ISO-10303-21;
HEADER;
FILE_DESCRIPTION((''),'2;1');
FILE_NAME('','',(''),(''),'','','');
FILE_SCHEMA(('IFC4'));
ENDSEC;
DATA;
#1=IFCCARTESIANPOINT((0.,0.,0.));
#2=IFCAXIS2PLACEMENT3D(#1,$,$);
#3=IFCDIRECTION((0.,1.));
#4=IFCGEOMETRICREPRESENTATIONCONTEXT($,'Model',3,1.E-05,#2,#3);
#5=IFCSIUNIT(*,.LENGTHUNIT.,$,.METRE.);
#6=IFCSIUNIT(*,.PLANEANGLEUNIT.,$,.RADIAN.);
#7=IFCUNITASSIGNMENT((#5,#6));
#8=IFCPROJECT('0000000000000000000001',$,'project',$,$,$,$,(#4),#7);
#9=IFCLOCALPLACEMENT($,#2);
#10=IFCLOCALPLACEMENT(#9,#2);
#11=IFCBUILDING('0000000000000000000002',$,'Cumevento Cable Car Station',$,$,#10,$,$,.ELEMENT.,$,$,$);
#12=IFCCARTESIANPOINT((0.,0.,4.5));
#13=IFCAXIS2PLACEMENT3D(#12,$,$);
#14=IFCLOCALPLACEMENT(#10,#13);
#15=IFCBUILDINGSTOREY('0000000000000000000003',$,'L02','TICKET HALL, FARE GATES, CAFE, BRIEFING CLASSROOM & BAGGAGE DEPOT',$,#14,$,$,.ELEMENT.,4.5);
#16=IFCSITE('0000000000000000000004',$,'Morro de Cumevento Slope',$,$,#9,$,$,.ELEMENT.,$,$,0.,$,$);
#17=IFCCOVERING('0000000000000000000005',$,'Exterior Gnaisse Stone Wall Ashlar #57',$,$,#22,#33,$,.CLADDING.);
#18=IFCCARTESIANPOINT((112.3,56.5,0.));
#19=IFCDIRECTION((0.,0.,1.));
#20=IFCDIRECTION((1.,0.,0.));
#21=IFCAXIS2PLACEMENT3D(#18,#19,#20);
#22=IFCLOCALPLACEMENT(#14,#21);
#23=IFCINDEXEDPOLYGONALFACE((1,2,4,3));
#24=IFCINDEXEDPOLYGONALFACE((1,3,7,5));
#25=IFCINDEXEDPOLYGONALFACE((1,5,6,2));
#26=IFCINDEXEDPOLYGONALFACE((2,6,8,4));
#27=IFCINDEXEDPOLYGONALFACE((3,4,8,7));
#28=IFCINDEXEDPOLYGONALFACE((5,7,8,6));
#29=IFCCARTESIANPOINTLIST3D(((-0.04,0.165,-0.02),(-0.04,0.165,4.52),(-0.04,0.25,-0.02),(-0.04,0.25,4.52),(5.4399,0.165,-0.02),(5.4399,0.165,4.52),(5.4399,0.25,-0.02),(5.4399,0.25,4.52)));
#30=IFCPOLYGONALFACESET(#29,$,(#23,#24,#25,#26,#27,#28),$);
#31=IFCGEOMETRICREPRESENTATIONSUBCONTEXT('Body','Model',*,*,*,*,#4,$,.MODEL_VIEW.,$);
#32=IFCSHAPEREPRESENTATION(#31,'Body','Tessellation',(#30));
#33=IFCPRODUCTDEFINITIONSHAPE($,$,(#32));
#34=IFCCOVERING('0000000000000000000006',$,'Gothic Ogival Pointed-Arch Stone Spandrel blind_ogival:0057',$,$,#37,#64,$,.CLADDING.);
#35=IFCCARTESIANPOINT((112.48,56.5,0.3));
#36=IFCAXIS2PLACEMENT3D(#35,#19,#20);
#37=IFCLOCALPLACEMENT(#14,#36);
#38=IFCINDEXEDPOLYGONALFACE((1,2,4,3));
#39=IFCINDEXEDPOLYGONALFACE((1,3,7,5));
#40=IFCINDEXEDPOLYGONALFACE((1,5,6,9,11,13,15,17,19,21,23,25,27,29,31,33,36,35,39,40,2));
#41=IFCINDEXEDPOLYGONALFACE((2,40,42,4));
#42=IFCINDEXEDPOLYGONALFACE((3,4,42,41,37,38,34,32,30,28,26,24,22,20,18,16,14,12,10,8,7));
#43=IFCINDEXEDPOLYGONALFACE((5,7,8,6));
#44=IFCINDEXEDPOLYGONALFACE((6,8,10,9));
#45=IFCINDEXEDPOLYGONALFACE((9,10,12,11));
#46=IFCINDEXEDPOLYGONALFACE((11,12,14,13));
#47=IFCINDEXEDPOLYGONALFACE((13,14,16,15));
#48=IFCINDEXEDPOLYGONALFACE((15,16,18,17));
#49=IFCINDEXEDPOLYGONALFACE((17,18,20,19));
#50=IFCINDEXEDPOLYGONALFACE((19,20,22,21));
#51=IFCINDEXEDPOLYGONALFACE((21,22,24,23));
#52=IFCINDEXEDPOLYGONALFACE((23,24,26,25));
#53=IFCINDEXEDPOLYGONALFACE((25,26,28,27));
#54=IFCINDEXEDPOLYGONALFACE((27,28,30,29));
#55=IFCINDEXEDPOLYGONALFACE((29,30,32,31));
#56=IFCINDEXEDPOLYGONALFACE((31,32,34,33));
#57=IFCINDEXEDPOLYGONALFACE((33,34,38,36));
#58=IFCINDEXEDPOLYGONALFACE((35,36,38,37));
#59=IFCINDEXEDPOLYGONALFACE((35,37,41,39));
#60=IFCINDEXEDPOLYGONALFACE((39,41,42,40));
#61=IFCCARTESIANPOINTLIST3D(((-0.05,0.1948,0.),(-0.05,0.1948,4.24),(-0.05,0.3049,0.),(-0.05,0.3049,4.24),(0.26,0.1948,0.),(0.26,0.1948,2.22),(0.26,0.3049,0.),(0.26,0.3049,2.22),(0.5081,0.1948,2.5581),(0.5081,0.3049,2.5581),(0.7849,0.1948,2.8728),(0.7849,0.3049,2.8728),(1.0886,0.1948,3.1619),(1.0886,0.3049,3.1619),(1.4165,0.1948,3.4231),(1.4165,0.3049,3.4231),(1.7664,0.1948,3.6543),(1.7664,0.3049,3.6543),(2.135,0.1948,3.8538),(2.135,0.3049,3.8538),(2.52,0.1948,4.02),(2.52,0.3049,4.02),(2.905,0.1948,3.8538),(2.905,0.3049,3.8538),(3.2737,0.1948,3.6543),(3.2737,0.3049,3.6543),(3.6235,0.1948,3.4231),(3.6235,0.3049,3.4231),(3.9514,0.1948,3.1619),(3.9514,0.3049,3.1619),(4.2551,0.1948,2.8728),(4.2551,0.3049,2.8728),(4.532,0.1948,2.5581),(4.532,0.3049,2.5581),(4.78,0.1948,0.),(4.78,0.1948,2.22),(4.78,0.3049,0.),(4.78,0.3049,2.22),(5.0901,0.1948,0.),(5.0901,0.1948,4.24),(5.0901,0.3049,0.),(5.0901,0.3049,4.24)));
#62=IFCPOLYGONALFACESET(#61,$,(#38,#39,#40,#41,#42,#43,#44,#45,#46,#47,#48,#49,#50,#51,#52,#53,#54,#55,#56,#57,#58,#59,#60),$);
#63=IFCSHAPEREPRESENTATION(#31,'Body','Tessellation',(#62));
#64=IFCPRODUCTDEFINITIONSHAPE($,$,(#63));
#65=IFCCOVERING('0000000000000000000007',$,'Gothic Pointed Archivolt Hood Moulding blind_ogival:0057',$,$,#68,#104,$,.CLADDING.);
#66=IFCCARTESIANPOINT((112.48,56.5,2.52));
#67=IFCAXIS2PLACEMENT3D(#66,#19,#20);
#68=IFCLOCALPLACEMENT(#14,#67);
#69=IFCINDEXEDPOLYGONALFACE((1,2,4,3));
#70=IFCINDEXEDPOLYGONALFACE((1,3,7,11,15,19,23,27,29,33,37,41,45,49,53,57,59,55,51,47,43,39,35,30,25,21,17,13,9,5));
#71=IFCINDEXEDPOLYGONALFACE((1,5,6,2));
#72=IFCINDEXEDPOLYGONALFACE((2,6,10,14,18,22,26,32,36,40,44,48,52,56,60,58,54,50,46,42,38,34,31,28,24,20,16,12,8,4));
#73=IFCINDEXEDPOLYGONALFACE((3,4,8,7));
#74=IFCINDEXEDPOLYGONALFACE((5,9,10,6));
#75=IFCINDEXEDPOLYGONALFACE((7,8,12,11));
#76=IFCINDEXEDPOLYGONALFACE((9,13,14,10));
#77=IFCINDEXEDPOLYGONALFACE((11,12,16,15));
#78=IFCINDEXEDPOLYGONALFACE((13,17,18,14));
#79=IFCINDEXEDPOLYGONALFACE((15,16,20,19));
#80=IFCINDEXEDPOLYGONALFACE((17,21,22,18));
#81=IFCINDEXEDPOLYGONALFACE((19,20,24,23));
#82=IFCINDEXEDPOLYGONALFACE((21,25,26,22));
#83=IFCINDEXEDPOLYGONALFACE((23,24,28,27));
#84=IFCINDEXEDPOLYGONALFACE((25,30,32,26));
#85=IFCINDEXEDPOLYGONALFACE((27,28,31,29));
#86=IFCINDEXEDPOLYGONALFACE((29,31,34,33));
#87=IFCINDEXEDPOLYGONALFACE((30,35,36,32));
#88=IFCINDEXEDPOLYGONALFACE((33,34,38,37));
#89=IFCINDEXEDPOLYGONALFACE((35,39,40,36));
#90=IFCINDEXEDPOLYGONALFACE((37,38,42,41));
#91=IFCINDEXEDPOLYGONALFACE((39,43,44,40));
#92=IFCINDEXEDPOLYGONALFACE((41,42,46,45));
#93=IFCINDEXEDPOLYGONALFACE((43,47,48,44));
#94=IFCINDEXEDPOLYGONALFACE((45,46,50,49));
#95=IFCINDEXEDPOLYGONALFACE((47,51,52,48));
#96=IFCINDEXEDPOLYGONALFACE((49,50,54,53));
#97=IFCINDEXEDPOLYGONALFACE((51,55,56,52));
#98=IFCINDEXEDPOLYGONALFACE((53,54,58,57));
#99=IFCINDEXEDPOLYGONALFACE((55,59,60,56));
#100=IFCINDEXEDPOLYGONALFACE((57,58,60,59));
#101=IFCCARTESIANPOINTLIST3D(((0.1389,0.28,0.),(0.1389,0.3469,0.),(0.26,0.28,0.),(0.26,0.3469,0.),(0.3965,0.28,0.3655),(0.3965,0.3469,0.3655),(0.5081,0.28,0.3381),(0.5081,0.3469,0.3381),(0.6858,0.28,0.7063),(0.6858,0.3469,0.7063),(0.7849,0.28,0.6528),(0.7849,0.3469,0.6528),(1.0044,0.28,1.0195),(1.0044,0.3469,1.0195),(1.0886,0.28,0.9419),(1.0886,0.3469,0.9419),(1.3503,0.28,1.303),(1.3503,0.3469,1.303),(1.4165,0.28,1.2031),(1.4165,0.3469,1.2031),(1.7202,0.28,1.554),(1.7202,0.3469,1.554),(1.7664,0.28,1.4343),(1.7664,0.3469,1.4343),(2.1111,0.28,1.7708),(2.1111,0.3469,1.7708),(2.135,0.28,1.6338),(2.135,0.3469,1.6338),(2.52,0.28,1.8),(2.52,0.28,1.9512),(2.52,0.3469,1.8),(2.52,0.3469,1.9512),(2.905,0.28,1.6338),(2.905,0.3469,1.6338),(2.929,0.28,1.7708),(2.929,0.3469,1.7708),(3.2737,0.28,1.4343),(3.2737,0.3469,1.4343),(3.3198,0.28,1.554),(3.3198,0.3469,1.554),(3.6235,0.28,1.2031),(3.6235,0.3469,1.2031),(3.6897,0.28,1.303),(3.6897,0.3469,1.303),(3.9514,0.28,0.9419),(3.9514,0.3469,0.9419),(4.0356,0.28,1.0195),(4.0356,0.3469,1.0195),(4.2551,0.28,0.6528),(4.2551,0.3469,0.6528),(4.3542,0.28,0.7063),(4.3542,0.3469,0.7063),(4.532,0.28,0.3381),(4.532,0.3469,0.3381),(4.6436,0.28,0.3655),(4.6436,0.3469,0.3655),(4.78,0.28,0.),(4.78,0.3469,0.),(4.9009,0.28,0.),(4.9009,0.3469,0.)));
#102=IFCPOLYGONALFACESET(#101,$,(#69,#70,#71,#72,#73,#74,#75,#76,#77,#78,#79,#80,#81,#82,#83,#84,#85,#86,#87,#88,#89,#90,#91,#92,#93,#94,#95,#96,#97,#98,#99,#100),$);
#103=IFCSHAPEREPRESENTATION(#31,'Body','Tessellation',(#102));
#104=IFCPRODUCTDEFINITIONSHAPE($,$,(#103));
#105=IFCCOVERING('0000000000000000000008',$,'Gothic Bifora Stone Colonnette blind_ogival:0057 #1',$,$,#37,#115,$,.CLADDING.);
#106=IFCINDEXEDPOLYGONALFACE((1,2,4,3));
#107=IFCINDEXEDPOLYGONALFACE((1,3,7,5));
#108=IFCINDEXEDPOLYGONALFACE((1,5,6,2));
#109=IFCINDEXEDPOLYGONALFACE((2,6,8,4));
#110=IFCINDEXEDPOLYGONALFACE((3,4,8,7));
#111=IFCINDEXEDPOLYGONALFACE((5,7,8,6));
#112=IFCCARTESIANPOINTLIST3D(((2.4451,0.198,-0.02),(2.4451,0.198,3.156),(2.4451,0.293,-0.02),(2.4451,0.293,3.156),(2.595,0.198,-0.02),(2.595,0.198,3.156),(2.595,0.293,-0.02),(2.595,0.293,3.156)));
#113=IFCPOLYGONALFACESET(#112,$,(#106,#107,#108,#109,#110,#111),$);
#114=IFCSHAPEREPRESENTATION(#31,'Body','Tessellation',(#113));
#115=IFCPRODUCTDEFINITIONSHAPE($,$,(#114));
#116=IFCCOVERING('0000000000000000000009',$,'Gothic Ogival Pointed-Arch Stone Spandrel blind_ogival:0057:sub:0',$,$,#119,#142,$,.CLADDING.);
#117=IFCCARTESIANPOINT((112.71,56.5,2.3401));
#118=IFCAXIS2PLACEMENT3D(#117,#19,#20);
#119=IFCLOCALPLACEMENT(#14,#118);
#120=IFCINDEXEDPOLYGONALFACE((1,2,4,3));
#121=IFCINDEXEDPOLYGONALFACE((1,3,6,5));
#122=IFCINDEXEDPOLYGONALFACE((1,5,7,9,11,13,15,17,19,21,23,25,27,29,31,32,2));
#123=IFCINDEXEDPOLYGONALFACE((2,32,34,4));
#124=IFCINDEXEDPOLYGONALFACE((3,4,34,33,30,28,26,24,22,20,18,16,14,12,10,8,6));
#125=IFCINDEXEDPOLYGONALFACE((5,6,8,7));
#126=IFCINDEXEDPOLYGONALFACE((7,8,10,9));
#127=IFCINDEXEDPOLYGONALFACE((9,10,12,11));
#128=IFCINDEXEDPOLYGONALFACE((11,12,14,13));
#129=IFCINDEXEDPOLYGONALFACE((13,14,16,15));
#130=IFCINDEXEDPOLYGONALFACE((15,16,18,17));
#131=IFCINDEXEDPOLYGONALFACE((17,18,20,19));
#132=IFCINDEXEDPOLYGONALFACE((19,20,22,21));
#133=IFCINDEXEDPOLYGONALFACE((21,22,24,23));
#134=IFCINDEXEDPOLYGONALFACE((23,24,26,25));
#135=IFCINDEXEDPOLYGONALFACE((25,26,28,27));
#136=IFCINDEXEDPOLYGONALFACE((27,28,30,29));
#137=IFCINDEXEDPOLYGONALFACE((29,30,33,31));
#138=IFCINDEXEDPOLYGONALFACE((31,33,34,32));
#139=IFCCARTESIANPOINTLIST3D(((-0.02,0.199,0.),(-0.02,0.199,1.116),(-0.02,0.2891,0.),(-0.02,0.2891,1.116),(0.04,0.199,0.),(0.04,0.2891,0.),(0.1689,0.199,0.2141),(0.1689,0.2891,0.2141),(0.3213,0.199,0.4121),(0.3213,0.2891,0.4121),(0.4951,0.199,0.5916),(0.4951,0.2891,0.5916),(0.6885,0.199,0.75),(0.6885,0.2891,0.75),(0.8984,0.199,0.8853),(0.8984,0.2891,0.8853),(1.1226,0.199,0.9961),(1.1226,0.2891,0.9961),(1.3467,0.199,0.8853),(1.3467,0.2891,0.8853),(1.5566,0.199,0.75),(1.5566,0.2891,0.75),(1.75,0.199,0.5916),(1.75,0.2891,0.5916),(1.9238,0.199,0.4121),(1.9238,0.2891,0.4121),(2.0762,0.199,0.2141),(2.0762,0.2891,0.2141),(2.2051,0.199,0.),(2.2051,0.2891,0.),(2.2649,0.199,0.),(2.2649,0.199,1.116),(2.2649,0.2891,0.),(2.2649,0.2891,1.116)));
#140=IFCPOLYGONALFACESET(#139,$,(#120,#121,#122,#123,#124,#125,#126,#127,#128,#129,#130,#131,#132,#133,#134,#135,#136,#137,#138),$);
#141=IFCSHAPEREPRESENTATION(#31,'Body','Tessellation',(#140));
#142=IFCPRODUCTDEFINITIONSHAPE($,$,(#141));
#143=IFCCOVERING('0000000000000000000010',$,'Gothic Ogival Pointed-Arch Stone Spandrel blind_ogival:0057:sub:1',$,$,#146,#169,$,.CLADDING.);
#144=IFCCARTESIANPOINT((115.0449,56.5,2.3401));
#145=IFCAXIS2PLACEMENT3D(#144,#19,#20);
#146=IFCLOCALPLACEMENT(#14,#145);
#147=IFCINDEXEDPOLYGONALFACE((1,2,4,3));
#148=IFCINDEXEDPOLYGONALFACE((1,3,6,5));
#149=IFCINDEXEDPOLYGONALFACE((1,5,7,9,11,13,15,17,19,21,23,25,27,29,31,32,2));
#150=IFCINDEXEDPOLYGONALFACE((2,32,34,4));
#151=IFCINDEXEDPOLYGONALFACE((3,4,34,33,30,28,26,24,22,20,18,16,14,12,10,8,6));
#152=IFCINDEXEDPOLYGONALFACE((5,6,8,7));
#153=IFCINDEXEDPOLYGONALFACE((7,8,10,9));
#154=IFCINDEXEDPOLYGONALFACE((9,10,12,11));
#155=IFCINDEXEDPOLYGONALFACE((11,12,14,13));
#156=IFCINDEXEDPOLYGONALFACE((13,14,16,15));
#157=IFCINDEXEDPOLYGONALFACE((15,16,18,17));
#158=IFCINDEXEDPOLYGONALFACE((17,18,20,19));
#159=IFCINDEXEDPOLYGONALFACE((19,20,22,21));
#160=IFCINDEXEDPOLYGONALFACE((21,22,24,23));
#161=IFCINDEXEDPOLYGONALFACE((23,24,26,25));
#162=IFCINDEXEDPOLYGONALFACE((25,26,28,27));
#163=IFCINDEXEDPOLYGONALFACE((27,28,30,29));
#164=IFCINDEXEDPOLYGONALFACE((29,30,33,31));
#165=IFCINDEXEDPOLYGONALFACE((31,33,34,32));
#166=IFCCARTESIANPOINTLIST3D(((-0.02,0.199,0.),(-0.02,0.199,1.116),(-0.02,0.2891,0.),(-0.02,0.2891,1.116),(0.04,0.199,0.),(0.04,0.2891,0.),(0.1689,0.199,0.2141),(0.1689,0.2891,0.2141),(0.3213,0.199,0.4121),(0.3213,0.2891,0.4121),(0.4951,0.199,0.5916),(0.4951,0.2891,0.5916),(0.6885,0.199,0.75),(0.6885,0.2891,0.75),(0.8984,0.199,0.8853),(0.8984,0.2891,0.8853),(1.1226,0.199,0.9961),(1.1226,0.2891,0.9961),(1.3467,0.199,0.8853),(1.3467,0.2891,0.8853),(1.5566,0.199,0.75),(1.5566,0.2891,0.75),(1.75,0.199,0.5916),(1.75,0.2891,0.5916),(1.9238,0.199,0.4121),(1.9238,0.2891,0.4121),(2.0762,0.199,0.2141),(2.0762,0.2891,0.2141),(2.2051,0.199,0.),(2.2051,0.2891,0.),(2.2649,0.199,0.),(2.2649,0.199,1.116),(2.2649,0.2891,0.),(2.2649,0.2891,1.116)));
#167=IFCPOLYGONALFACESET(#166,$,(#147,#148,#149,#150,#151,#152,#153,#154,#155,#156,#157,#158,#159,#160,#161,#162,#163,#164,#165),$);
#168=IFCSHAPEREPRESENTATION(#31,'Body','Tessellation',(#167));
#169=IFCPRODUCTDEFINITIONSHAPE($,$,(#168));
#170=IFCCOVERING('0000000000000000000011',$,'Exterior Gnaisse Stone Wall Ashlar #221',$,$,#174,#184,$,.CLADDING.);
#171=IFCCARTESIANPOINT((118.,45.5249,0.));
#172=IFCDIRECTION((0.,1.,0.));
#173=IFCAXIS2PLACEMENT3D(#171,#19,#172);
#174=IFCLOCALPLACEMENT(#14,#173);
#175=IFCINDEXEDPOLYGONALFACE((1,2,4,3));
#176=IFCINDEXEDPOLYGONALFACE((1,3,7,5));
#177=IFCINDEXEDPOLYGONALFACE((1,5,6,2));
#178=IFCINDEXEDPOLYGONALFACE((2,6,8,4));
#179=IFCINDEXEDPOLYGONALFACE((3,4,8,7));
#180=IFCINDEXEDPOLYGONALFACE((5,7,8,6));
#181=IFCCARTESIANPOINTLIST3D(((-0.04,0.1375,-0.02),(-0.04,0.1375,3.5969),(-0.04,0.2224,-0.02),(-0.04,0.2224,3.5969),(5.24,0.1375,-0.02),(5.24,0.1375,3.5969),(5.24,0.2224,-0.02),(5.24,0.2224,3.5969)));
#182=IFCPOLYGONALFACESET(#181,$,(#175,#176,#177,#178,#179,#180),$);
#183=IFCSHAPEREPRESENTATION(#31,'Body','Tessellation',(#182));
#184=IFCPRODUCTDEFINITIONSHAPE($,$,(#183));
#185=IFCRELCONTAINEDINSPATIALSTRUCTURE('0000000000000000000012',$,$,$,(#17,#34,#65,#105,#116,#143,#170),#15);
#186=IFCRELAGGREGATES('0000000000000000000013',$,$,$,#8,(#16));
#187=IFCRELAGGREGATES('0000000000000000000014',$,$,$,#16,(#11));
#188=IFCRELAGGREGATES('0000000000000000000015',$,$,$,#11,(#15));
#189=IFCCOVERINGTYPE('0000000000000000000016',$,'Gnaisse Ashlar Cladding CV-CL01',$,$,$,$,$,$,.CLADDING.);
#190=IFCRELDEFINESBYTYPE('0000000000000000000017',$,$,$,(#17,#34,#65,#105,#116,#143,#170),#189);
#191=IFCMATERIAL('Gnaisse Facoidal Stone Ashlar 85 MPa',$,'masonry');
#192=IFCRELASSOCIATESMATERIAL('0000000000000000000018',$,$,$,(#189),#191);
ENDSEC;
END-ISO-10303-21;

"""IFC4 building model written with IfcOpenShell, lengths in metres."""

from ifc_helpers import new_model, si_unit, direction, frame, origin, place, context, subcontext, project, spatial, polyline, outline, extrude, material, type_object, element, save


model = new_model("IFC4")

# Units and contexts
model_context = context("Model", 3, precision=1e-05, world=origin(), true_north=direction((0.0, 1.0)))
body_context = subcontext(model_context, "Body", "Model", "MODEL_VIEW")
ifc_project = project(units=[si_unit("LENGTHUNIT", "METRE"), si_unit("PLANEANGLEUNIT", "RADIAN")], contexts=[model_context])

# Site, building, storey
site_placement = place(None, origin())
site = spatial("IfcSite", under=ifc_project, at=site_placement, Name="Morro de Cumevento Slope", CompositionType="ELEMENT", RefElevation=0.0)
building_placement = place(site_placement, origin())
building = spatial("IfcBuilding", under=site, at=building_placement, Name="Cumevento Cable Car Station", CompositionType="ELEMENT")
storey_placement = place(building_placement, frame((0.0, 0.0, 4.5)))
storey = spatial("IfcBuildingStorey", under=building, at=storey_placement, Name="L02", Description="TICKET HALL, FARE GATES, CAFE, BRIEFING CLASSROOM & BAGGAGE DEPOT", CompositionType="ELEMENT", Elevation=4.5)

# Coverings
ifc_material_1 = material(Name="Gnaisse Facoidal Stone Ashlar 85 MPa", Category="masonry")
covering_type = type_object("IfcCoveringType", Name="Gnaisse Ashlar Cladding CV-CL01", PredefinedType="CLADDING", material=ifc_material_1)
covering_1_placement = place(storey_placement, frame((112.3, 56.5, 0.0), z_axis=(0.0, 0.0, 1.0), x_axis=(1.0, 0.0, 0.0)))
element("IfcCovering", 1, at=covering_1_placement, inside=storey, type_object=covering_type, Name="Exterior Gnaisse Stone Wall Ashlar #57", PredefinedType="CLADDING", context=body_context, shape_type="SweptSolid", body=[
    extrude(outline(polyline([(-0.04, -0.02), (5.4399, -0.02), (5.4399, 4.52), (-0.04, 4.52), (-0.04, -0.02)])), frame((0.0, 0.25, 0.0), z_axis=(0.0, -1.0, 0.0), x_axis=(1.0, 0.0, 0.0)), (0.0, 0.0, 1.0), 0.085),
])
placement_1 = place(storey_placement, frame((112.48, 56.5, 0.3), z_axis=(0.0, 0.0, 1.0), x_axis=(1.0, 0.0, 0.0)))
element("IfcCovering", 2, at=placement_1, inside=storey, type_object=covering_type, Name="Gothic Ogival Pointed-Arch Stone Spandrel blind_ogival:0057", PredefinedType="CLADDING", context=body_context, shape_type="SweptSolid", body=[
    extrude(outline(polyline([(-0.05, 0.0), (-0.05, 4.24), (5.0901, 4.24), (5.0901, 0.0), (4.78, 0.0), (4.78, 2.22), (4.532, 2.5581), (4.2551, 2.8728), (3.9514, 3.1619), (3.6235, 3.4231), (3.2737, 3.6543), (2.905, 3.8538), (2.52, 4.02), (2.135, 3.8538), (1.7664, 3.6543), (1.4165, 3.4231), (1.0886, 3.1619), (0.7849, 2.8728), (0.5081, 2.5581), (0.26, 2.22), (0.26, 0.0), (-0.05, 0.0)])), frame((0.0, 0.3049, 0.0), z_axis=(0.0, -1.0, 0.0), x_axis=(1.0, 0.0, 0.0)), (0.0, 0.0, 1.0), 0.1101),
])
covering_2_placement = place(storey_placement, frame((112.48, 56.5, 2.52), z_axis=(0.0, 0.0, 1.0), x_axis=(1.0, 0.0, 0.0)))
element("IfcCovering", 3, at=covering_2_placement, inside=storey, type_object=covering_type, Name="Gothic Pointed Archivolt Hood Moulding blind_ogival:0057", PredefinedType="CLADDING", context=body_context, shape_type="SweptSolid", body=[
    extrude(outline(polyline([(0.26, 0.0), (0.5081, 0.3381), (0.7849, 0.6528), (1.0886, 0.9419), (1.4165, 1.2031), (1.7664, 1.4343), (2.135, 1.6338), (2.52, 1.8), (2.905, 1.6338), (3.2737, 1.4343), (3.6235, 1.2031), (3.9514, 0.9419), (4.2551, 0.6528), (4.532, 0.3381), (4.78, 0.0), (4.9009, 0.0), (4.6436, 0.3655), (4.3542, 0.7063), (4.0356, 1.0195), (3.6897, 1.303), (3.3198, 1.554), (2.929, 1.7708), (2.52, 1.9512), (2.1111, 1.7708), (1.7202, 1.554), (1.3503, 1.303), (1.0044, 1.0195), (0.6858, 0.7063), (0.3965, 0.3655), (0.1389, 0.0), (0.26, 0.0)])), frame((0.0, 0.3469, 0.0), z_axis=(0.0, -1.0, 0.0), x_axis=(1.0, 0.0, 0.0)), (0.0, 0.0, 1.0), 0.0669),
])
element("IfcCovering", 4, at=placement_1, inside=storey, type_object=covering_type, Name="Gothic Bifora Stone Colonnette blind_ogival:0057 #1", PredefinedType="CLADDING", context=body_context, shape_type="SweptSolid", body=[
    extrude(outline(polyline([(2.4451, -0.02), (2.595, -0.02), (2.595, 3.156), (2.4451, 3.156), (2.4451, -0.02)])), frame((0.0, 0.293, 0.0), z_axis=(0.0, -1.0, 0.0), x_axis=(1.0, 0.0, 0.0)), (0.0, 0.0, 1.0), 0.095),
])
for number, where, z_axis, x_axis, name in (
    (5, (112.71, 56.5, 2.3401), (0.0, 0.0, 1.0), (1.0, 0.0, 0.0), "Gothic Ogival Pointed-Arch Stone Spandrel blind_ogival:0057:sub:0"),
    (6, (115.0449, 56.5, 2.3401), (0.0, 0.0, 1.0), (1.0, 0.0, 0.0), "Gothic Ogival Pointed-Arch Stone Spandrel blind_ogival:0057:sub:1"),
):
    element("IfcCovering", number, at=place(storey_placement, frame(where, z_axis=z_axis, x_axis=x_axis)), inside=storey, type_object=covering_type, Name=name, PredefinedType="CLADDING", context=body_context, shape_type="SweptSolid", body=[
        extrude(outline(polyline([(-0.02, 0.0), (-0.02, 1.116), (2.2649, 1.116), (2.2649, 0.0), (2.2051, 0.0), (2.0762, 0.2141), (1.9238, 0.4121), (1.75, 0.5916), (1.5566, 0.75), (1.3467, 0.8853), (1.1226, 0.9961), (0.8984, 0.8853), (0.6885, 0.75), (0.4951, 0.5916), (0.3213, 0.4121), (0.1689, 0.2141), (0.04, 0.0), (-0.02, 0.0)])), frame((0.0, 0.2891, 0.0), z_axis=(0.0, -1.0, 0.0), x_axis=(1.0, 0.0, 0.0)), (0.0, 0.0, 1.0), 0.0901),
    ])
covering_3_placement = place(storey_placement, frame((118.0, 45.5249, 0.0), z_axis=(0.0, 0.0, 1.0), x_axis=(0.0, 1.0, 0.0)))
element("IfcCovering", 7, at=covering_3_placement, inside=storey, type_object=covering_type, Name="Exterior Gnaisse Stone Wall Ashlar #221", PredefinedType="CLADDING", context=body_context, shape_type="SweptSolid", body=[
    extrude(outline(polyline([(-0.04, -0.02), (5.24, -0.02), (5.24, 3.5969), (-0.04, 3.5969), (-0.04, -0.02)])), frame((0.0, 0.2224, 0.0), z_axis=(0.0, -1.0, 0.0), x_axis=(1.0, 0.0, 0.0)), (0.0, 0.0, 1.0), 0.085),
])

save(model, "model.ifc")
